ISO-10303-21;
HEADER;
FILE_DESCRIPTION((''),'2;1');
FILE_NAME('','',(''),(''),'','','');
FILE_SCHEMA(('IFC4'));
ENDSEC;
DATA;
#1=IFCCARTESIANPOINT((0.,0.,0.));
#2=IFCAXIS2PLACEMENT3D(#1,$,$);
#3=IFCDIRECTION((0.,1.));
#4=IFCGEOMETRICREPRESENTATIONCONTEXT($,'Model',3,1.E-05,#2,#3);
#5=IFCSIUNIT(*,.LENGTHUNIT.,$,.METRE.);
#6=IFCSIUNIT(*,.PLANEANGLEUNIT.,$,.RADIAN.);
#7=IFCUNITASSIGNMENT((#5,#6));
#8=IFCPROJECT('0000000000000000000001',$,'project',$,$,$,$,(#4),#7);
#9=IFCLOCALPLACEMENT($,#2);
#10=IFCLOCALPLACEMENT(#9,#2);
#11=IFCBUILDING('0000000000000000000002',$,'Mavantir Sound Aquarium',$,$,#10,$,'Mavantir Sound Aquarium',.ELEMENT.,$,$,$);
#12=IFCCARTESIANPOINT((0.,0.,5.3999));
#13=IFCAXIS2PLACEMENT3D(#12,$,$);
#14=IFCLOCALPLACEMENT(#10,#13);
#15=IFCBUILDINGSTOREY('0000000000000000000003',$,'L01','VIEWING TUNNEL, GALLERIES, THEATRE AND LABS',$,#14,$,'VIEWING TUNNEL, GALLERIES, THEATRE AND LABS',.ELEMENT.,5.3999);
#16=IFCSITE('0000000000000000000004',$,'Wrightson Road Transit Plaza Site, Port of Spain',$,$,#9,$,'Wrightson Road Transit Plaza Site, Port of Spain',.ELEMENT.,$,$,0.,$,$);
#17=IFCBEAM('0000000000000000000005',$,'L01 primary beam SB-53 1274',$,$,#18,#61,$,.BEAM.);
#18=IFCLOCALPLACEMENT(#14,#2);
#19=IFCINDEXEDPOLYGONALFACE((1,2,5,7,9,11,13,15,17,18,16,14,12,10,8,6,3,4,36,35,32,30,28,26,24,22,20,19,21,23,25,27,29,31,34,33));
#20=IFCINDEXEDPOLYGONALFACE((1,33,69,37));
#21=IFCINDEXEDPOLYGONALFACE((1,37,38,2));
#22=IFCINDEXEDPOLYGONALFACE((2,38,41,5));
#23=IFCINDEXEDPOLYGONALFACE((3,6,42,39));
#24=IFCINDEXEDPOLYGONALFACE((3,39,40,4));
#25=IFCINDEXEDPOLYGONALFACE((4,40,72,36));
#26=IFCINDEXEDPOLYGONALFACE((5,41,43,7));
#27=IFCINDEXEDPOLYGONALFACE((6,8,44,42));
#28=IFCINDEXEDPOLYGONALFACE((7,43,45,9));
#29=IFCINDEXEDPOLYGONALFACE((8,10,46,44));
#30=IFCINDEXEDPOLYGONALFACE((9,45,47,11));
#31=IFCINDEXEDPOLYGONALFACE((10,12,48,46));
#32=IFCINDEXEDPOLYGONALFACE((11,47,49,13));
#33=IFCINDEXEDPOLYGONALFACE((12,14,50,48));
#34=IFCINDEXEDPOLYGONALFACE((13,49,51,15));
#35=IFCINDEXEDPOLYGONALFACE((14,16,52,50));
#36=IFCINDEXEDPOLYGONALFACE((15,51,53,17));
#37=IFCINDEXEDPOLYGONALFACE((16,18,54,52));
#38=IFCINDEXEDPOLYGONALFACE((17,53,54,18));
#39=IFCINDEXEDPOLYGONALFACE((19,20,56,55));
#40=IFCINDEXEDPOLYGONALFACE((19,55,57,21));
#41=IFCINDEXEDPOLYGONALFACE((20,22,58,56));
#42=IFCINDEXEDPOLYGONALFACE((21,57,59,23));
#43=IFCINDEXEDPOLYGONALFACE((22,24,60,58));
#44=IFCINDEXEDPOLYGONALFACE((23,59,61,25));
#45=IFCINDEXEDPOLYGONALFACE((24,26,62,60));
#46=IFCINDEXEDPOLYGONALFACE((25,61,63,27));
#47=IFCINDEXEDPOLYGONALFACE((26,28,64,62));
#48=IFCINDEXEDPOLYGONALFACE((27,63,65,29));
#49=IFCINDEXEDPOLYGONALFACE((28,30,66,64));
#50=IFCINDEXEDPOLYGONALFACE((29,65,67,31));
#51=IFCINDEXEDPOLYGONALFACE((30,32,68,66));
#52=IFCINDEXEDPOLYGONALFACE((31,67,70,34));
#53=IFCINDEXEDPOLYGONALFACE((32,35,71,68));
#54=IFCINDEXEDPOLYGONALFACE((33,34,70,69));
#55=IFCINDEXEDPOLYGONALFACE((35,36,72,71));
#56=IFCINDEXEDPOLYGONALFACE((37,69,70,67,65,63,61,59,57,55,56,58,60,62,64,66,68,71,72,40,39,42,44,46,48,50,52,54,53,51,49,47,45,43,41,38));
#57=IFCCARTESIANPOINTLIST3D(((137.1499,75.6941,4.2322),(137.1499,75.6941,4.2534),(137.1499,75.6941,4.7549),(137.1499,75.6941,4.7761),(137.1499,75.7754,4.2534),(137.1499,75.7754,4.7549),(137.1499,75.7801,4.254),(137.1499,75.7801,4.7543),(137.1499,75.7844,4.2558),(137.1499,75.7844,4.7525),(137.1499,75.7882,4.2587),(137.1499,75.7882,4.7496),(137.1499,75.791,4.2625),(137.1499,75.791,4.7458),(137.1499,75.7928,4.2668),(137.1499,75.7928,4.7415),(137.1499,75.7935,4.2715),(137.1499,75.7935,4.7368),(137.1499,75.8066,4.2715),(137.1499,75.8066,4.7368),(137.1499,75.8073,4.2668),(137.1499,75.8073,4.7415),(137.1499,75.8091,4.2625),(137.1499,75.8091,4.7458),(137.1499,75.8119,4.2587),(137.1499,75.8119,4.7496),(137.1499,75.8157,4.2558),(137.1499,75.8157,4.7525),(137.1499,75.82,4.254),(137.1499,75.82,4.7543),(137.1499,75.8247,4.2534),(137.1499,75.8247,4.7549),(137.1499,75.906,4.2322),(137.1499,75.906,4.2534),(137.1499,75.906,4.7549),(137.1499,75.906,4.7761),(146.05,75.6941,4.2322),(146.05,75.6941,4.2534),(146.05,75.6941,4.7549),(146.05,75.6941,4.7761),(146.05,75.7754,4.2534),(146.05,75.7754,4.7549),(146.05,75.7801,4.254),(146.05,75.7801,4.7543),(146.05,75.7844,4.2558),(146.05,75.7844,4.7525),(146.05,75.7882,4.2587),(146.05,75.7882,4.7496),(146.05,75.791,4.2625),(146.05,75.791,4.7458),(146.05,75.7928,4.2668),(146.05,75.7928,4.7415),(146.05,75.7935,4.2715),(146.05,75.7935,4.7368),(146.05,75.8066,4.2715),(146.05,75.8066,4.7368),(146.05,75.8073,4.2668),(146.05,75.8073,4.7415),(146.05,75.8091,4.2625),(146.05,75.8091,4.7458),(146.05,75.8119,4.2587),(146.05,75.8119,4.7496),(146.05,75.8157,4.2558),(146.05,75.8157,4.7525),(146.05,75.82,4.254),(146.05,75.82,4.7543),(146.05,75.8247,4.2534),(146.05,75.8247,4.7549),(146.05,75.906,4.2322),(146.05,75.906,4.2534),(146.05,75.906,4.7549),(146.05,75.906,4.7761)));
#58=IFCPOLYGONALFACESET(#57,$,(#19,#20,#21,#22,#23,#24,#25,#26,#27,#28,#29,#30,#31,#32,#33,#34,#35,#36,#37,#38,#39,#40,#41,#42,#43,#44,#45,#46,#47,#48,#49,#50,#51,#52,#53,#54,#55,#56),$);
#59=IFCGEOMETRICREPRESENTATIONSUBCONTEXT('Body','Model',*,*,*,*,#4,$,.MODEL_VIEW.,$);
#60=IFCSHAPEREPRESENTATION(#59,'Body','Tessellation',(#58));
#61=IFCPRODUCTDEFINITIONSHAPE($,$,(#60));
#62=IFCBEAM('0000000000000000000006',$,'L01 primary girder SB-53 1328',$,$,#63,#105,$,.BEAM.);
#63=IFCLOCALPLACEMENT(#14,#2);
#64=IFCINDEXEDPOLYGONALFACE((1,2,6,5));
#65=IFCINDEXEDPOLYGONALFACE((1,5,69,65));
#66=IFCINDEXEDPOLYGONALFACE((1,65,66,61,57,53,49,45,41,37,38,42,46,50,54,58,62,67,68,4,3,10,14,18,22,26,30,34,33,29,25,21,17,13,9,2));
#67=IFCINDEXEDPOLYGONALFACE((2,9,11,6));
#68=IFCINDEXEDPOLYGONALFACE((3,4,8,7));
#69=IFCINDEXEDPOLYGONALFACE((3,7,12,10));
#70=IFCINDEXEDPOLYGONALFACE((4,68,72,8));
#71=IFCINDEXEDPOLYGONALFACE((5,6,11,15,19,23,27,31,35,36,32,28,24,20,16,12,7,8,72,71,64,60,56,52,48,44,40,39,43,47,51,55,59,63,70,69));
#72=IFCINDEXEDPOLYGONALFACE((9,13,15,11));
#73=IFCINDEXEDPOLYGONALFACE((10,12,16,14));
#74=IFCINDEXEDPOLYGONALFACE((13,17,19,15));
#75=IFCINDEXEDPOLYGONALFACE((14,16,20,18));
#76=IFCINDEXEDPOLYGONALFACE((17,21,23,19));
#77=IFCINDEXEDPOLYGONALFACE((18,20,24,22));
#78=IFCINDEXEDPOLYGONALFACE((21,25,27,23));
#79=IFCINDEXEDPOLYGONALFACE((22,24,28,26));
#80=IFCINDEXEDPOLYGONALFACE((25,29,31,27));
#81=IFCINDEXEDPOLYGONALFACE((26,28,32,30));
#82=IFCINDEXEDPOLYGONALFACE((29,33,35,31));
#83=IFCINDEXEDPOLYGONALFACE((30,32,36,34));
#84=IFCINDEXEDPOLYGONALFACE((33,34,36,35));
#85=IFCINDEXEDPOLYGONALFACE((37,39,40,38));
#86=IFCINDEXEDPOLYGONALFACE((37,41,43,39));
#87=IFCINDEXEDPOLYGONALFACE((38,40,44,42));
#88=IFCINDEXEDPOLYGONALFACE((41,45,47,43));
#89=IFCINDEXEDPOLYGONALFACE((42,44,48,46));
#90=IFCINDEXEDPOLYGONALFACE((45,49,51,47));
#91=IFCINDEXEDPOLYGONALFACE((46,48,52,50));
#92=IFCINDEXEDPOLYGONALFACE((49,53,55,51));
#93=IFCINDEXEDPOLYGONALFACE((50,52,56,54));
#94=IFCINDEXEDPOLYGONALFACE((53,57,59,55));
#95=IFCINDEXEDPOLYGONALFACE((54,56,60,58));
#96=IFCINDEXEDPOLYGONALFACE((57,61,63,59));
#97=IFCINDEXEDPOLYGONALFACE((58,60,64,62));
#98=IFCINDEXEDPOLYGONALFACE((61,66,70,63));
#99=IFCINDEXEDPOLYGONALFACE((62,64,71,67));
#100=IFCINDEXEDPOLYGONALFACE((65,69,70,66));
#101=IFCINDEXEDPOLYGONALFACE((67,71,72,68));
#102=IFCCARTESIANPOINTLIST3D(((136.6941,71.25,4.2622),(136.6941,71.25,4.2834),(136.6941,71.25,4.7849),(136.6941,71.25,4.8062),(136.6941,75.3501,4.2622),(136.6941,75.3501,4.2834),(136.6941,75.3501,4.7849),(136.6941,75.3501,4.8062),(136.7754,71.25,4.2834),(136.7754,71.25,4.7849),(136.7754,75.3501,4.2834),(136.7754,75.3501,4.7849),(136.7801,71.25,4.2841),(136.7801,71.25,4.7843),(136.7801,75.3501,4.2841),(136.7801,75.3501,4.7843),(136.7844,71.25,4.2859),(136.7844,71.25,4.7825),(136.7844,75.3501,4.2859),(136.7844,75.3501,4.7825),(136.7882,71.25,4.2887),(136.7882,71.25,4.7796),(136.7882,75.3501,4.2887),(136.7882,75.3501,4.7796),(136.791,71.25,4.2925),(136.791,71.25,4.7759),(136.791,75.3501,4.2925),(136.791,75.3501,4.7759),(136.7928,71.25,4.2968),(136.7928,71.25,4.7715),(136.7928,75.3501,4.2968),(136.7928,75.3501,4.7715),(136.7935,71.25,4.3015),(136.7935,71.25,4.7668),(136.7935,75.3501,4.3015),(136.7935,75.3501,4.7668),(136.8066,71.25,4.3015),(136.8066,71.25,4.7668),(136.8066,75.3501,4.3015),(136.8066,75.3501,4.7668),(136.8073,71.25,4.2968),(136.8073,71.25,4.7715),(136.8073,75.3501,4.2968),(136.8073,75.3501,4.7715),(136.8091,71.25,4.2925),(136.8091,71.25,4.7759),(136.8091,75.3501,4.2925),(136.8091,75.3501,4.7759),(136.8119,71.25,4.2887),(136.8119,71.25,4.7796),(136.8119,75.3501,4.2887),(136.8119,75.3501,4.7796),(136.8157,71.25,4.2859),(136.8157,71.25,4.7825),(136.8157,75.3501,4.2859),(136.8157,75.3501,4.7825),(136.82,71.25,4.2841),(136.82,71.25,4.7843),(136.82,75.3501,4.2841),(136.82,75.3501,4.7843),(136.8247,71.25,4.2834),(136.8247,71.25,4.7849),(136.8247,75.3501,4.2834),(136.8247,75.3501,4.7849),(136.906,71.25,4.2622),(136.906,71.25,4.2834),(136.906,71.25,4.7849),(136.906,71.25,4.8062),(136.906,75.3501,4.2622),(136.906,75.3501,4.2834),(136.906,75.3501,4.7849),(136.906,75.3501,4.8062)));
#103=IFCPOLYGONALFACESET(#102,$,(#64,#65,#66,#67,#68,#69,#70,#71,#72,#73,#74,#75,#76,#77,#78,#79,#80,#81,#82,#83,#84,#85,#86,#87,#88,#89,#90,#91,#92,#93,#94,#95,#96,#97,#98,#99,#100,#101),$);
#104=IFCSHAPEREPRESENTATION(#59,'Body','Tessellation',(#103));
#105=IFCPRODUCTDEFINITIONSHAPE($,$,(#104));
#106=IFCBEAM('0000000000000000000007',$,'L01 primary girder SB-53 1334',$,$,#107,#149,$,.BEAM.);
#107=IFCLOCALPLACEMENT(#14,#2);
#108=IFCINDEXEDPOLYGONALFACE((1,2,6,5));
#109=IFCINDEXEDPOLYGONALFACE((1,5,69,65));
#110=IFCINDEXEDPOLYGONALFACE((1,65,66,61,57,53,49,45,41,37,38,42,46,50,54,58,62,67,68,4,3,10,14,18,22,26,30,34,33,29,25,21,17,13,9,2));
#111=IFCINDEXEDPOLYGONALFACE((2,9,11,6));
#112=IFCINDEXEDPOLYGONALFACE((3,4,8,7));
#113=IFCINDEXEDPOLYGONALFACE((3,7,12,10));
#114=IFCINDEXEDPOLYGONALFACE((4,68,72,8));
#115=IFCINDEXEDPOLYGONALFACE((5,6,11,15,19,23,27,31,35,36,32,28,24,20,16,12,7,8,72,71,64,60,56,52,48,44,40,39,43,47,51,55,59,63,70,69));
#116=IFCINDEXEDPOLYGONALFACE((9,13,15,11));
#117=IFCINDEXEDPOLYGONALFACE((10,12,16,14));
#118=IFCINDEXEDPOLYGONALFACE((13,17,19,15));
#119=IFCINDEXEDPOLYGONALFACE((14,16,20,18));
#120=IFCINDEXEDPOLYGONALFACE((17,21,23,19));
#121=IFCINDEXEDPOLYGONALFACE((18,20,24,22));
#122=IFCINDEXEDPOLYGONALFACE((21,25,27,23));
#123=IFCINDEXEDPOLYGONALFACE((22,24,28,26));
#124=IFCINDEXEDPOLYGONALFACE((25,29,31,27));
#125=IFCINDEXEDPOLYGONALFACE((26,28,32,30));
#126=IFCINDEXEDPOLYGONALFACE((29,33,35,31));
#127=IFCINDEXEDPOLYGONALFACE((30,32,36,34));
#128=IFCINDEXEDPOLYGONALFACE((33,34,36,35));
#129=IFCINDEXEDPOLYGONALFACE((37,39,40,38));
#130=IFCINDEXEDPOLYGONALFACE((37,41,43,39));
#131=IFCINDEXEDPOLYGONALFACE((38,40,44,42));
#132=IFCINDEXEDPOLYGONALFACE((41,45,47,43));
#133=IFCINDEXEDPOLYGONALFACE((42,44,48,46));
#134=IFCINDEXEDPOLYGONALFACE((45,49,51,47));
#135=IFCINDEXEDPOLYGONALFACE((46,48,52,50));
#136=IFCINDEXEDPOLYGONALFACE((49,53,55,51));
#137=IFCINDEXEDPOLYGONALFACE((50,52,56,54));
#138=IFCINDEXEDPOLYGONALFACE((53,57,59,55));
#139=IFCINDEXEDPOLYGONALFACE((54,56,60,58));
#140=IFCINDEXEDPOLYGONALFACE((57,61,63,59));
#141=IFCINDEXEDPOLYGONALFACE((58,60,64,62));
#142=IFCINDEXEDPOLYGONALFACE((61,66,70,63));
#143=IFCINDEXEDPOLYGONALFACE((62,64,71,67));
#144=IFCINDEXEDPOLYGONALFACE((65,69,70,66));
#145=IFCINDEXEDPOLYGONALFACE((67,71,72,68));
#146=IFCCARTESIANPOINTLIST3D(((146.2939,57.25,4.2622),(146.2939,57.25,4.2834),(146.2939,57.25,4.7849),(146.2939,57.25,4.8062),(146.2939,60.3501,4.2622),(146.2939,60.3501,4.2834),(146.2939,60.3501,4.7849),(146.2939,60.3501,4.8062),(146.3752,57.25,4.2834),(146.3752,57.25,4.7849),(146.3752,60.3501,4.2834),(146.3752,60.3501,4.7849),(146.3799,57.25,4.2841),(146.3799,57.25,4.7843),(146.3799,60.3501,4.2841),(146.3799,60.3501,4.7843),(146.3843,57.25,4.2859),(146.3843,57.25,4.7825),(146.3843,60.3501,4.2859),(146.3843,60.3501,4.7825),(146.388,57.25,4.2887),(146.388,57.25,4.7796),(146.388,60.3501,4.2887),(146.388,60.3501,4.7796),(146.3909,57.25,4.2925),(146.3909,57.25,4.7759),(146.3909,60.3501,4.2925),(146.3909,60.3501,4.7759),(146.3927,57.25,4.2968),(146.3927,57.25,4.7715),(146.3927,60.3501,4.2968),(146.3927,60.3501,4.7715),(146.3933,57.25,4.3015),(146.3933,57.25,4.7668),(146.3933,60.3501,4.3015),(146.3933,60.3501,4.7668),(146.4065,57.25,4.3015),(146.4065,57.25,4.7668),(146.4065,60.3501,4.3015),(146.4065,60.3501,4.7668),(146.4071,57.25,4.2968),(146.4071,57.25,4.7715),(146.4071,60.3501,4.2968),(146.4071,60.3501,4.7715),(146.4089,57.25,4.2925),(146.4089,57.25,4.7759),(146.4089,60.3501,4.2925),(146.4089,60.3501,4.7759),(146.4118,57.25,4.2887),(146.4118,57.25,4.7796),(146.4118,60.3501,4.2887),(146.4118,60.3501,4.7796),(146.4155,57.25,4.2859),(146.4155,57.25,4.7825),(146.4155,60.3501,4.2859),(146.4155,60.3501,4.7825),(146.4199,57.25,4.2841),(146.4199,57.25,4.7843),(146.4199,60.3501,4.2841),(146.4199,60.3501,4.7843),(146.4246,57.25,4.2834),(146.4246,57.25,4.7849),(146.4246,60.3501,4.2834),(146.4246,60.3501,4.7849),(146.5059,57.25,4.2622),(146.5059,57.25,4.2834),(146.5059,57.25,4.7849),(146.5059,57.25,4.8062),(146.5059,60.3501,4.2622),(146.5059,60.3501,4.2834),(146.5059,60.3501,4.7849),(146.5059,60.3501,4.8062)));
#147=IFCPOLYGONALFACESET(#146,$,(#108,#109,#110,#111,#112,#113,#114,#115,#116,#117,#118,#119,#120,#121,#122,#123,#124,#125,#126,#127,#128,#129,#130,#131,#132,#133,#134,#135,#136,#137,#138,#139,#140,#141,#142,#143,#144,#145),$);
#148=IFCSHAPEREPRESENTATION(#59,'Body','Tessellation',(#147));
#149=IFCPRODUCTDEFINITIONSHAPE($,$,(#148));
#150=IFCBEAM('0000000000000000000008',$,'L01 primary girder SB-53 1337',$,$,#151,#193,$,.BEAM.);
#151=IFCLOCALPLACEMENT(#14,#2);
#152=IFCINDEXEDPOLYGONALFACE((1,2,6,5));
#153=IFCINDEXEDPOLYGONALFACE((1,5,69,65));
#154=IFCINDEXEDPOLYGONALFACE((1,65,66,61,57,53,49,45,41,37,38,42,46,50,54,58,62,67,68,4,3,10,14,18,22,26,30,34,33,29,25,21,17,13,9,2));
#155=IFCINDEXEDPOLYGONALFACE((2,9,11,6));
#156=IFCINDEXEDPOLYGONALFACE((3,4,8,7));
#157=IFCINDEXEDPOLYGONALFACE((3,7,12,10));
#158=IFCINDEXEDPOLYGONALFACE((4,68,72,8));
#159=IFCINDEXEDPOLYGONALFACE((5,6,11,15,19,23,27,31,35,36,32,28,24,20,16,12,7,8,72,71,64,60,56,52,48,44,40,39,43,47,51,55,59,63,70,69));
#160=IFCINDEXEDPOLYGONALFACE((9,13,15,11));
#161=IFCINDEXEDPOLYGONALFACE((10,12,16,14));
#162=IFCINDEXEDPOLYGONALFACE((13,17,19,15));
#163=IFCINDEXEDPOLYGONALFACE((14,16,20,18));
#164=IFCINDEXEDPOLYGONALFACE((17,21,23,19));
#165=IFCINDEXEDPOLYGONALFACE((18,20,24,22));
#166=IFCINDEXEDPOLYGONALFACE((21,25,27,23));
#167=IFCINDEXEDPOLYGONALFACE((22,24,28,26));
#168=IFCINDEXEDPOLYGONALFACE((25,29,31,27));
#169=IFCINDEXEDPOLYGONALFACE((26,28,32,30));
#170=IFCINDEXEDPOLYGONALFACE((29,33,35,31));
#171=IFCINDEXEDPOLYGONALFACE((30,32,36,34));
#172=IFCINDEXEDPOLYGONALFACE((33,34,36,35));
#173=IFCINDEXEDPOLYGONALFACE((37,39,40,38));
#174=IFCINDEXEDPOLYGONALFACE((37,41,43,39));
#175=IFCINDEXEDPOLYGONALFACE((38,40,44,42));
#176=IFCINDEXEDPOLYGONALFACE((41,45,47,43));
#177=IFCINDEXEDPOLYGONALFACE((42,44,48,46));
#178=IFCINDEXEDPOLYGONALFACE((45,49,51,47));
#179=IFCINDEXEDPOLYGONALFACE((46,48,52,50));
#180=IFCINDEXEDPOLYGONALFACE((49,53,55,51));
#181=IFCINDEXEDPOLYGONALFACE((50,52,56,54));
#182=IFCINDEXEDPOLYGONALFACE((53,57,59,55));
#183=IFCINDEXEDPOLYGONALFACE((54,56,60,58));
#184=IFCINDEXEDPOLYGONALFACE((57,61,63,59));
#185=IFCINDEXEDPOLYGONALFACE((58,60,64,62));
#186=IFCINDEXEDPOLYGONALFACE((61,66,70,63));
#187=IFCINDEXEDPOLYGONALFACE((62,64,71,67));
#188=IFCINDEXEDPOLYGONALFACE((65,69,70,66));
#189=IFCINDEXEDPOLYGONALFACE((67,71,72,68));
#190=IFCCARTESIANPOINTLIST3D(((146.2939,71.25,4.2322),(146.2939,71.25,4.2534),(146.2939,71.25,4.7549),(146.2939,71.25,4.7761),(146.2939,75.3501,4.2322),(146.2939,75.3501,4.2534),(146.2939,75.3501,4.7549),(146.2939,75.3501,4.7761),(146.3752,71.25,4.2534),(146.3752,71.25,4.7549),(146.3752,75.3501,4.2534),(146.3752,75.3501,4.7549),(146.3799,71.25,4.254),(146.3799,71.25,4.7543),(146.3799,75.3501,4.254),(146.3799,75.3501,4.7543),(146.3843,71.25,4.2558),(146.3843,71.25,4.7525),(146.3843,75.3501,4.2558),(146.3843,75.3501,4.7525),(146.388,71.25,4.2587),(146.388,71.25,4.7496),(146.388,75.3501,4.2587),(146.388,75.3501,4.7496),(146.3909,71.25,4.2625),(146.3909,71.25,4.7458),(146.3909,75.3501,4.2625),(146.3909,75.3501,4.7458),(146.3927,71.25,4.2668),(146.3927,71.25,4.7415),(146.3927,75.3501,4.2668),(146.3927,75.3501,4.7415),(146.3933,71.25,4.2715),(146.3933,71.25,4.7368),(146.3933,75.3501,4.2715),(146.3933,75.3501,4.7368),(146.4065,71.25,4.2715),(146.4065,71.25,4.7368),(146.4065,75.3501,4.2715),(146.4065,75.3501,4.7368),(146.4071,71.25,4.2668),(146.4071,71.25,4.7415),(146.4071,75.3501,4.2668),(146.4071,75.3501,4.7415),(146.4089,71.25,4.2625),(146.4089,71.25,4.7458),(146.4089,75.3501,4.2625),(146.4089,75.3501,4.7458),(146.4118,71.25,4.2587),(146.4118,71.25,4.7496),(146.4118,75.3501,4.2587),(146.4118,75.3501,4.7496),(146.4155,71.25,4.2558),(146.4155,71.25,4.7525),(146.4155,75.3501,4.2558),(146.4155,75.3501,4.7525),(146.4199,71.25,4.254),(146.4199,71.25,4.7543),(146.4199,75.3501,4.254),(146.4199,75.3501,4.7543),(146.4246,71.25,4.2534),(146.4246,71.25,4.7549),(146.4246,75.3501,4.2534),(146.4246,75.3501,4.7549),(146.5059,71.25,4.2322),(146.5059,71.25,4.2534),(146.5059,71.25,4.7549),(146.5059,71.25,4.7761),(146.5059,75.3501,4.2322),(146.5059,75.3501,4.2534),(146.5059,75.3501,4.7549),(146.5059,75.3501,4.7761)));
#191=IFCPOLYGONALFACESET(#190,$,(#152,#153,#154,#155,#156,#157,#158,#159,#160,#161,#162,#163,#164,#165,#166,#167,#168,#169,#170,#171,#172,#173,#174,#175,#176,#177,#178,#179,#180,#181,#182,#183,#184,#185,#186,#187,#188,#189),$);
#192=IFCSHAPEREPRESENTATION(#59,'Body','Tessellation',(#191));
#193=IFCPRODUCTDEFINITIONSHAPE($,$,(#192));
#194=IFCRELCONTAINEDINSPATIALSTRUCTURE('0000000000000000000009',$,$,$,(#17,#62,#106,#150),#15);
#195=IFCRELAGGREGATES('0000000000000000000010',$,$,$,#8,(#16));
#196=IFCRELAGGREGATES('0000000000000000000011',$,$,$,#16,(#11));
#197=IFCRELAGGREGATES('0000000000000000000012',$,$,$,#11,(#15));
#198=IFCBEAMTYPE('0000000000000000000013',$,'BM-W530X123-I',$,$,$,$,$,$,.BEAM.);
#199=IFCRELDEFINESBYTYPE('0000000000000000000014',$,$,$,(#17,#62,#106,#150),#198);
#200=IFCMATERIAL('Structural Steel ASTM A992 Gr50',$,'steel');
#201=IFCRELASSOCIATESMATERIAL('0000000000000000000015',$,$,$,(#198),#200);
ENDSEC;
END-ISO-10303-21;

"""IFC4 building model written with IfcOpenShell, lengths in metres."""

from ifc_helpers import new_model, si_unit, direction, frame, origin, origin_2d, place, context, subcontext, project, spatial, i_section, extrude, material, material_profile, profile_set, type_object, element, save


model = new_model("IFC4")

# Units and contexts
model_context = context("Model", 3, precision=1e-05, world=origin(), true_north=direction((0.0, 1.0)))
body_context = subcontext(model_context, "Body", "Model", "MODEL_VIEW")
ifc_project = project(units=[si_unit("LENGTHUNIT", "METRE"), si_unit("PLANEANGLEUNIT", "RADIAN")], contexts=[model_context])

# Site, building, storey
site_placement = place(None, origin())
site = spatial("IfcSite", under=ifc_project, at=site_placement, Name="Wrightson Road Transit Plaza Site, Port of Spain", LongName="Wrightson Road Transit Plaza Site, Port of Spain", CompositionType="ELEMENT", RefElevation=0.0)
building_placement = place(site_placement, origin())
building = spatial("IfcBuilding", under=site, at=building_placement, Name="Mavantir Sound Aquarium", LongName="Mavantir Sound Aquarium", CompositionType="ELEMENT")
storey_placement = place(building_placement, frame((0.0, 0.0, 5.3999)))
storey = spatial("IfcBuildingStorey", under=building, at=storey_placement, Name="L01", Description="VIEWING TUNNEL, GALLERIES, THEATRE AND LABS", LongName="VIEWING TUNNEL, GALLERIES, THEATRE AND LABS", CompositionType="ELEMENT", Elevation=5.3999)

# Beams
ifc_material_1 = material(Name="Structural Steel ASTM A992 Gr50", Category="steel")
ifc_material_profile_1 = material_profile(ifc_material_1, i_section(OverallWidth=0.2119, OverallDepth=0.5439, WebThickness=0.0132, FlangeThickness=0.0212, FilletRadius=0.0181, at=origin_2d()), Name="W530X123")
ifc_profile_set_1 = profile_set([ifc_material_profile_1], Name="Structural Steel ASTM A992 Gr50")
beam_type_1 = type_object("IfcBeamType", Name="BM-W530X123-I", PredefinedType="BEAM", material=ifc_profile_set_1)
for number, where, z_axis, x_axis, name in (
    (1, (137.1499, 75.8, 4.5042), (1.0, 0.0, 0.0), (0.0, 1.0, 0.0), "L01 primary beam SB-53 1274"),
):
    element("IfcBeam", number, at=place(storey_placement, frame(where, z_axis=z_axis, x_axis=x_axis)), inside=storey, type_object=beam_type_1, Name=name, PredefinedType="BEAM", context=body_context, shape_type="SweptSolid", body=[
        extrude(i_section(OverallWidth=0.2119, OverallDepth=0.5439, WebThickness=0.0132, FlangeThickness=0.0212, FilletRadius=0.0181, at=origin_2d()), origin(), (0.0, 0.0, 1.0), 8.9001),
    ])
beam_1_placement = place(storey_placement, frame((136.8, 71.25, 4.5342), z_axis=(0.0, 1.0, 0.0), x_axis=(-1.0, 0.0, 0.0)))
element("IfcBeam", 2, at=beam_1_placement, inside=storey, type_object=beam_type_1, Name="L01 primary girder SB-53 1328", PredefinedType="BEAM", context=body_context, shape_type="SweptSolid", body=[
    extrude(i_section(OverallWidth=0.2119, OverallDepth=0.5439, WebThickness=0.0132, FlangeThickness=0.0212, FilletRadius=0.0181, at=origin_2d()), origin(), (0.0, 0.0, 1.0), 4.1001),
])
beam_2_placement = place(storey_placement, frame((146.3999, 57.25, 4.5342), z_axis=(0.0, 1.0, 0.0), x_axis=(-1.0, 0.0, 0.0)))
element("IfcBeam", 3, at=beam_2_placement, inside=storey, type_object=beam_type_1, Name="L01 primary girder SB-53 1334", PredefinedType="BEAM", context=body_context, shape_type="SweptSolid", body=[
    extrude(i_section(OverallWidth=0.2119, OverallDepth=0.5439, WebThickness=0.0132, FlangeThickness=0.0212, FilletRadius=0.0181, at=origin_2d()), origin(), (0.0, 0.0, 1.0), 3.1001),
])
beam_3_placement = place(storey_placement, frame((146.3999, 71.25, 4.5042), z_axis=(0.0, 1.0, 0.0), x_axis=(-1.0, 0.0, 0.0)))
element("IfcBeam", 4, at=beam_3_placement, inside=storey, type_object=beam_type_1, Name="L01 primary girder SB-53 1337", PredefinedType="BEAM", context=body_context, shape_type="SweptSolid", body=[
    extrude(i_section(OverallWidth=0.2119, OverallDepth=0.5439, WebThickness=0.0132, FlangeThickness=0.0212, FilletRadius=0.0181, at=origin_2d()), origin(), (0.0, 0.0, 1.0), 4.1001),
])

save(model, "model.ifc")
